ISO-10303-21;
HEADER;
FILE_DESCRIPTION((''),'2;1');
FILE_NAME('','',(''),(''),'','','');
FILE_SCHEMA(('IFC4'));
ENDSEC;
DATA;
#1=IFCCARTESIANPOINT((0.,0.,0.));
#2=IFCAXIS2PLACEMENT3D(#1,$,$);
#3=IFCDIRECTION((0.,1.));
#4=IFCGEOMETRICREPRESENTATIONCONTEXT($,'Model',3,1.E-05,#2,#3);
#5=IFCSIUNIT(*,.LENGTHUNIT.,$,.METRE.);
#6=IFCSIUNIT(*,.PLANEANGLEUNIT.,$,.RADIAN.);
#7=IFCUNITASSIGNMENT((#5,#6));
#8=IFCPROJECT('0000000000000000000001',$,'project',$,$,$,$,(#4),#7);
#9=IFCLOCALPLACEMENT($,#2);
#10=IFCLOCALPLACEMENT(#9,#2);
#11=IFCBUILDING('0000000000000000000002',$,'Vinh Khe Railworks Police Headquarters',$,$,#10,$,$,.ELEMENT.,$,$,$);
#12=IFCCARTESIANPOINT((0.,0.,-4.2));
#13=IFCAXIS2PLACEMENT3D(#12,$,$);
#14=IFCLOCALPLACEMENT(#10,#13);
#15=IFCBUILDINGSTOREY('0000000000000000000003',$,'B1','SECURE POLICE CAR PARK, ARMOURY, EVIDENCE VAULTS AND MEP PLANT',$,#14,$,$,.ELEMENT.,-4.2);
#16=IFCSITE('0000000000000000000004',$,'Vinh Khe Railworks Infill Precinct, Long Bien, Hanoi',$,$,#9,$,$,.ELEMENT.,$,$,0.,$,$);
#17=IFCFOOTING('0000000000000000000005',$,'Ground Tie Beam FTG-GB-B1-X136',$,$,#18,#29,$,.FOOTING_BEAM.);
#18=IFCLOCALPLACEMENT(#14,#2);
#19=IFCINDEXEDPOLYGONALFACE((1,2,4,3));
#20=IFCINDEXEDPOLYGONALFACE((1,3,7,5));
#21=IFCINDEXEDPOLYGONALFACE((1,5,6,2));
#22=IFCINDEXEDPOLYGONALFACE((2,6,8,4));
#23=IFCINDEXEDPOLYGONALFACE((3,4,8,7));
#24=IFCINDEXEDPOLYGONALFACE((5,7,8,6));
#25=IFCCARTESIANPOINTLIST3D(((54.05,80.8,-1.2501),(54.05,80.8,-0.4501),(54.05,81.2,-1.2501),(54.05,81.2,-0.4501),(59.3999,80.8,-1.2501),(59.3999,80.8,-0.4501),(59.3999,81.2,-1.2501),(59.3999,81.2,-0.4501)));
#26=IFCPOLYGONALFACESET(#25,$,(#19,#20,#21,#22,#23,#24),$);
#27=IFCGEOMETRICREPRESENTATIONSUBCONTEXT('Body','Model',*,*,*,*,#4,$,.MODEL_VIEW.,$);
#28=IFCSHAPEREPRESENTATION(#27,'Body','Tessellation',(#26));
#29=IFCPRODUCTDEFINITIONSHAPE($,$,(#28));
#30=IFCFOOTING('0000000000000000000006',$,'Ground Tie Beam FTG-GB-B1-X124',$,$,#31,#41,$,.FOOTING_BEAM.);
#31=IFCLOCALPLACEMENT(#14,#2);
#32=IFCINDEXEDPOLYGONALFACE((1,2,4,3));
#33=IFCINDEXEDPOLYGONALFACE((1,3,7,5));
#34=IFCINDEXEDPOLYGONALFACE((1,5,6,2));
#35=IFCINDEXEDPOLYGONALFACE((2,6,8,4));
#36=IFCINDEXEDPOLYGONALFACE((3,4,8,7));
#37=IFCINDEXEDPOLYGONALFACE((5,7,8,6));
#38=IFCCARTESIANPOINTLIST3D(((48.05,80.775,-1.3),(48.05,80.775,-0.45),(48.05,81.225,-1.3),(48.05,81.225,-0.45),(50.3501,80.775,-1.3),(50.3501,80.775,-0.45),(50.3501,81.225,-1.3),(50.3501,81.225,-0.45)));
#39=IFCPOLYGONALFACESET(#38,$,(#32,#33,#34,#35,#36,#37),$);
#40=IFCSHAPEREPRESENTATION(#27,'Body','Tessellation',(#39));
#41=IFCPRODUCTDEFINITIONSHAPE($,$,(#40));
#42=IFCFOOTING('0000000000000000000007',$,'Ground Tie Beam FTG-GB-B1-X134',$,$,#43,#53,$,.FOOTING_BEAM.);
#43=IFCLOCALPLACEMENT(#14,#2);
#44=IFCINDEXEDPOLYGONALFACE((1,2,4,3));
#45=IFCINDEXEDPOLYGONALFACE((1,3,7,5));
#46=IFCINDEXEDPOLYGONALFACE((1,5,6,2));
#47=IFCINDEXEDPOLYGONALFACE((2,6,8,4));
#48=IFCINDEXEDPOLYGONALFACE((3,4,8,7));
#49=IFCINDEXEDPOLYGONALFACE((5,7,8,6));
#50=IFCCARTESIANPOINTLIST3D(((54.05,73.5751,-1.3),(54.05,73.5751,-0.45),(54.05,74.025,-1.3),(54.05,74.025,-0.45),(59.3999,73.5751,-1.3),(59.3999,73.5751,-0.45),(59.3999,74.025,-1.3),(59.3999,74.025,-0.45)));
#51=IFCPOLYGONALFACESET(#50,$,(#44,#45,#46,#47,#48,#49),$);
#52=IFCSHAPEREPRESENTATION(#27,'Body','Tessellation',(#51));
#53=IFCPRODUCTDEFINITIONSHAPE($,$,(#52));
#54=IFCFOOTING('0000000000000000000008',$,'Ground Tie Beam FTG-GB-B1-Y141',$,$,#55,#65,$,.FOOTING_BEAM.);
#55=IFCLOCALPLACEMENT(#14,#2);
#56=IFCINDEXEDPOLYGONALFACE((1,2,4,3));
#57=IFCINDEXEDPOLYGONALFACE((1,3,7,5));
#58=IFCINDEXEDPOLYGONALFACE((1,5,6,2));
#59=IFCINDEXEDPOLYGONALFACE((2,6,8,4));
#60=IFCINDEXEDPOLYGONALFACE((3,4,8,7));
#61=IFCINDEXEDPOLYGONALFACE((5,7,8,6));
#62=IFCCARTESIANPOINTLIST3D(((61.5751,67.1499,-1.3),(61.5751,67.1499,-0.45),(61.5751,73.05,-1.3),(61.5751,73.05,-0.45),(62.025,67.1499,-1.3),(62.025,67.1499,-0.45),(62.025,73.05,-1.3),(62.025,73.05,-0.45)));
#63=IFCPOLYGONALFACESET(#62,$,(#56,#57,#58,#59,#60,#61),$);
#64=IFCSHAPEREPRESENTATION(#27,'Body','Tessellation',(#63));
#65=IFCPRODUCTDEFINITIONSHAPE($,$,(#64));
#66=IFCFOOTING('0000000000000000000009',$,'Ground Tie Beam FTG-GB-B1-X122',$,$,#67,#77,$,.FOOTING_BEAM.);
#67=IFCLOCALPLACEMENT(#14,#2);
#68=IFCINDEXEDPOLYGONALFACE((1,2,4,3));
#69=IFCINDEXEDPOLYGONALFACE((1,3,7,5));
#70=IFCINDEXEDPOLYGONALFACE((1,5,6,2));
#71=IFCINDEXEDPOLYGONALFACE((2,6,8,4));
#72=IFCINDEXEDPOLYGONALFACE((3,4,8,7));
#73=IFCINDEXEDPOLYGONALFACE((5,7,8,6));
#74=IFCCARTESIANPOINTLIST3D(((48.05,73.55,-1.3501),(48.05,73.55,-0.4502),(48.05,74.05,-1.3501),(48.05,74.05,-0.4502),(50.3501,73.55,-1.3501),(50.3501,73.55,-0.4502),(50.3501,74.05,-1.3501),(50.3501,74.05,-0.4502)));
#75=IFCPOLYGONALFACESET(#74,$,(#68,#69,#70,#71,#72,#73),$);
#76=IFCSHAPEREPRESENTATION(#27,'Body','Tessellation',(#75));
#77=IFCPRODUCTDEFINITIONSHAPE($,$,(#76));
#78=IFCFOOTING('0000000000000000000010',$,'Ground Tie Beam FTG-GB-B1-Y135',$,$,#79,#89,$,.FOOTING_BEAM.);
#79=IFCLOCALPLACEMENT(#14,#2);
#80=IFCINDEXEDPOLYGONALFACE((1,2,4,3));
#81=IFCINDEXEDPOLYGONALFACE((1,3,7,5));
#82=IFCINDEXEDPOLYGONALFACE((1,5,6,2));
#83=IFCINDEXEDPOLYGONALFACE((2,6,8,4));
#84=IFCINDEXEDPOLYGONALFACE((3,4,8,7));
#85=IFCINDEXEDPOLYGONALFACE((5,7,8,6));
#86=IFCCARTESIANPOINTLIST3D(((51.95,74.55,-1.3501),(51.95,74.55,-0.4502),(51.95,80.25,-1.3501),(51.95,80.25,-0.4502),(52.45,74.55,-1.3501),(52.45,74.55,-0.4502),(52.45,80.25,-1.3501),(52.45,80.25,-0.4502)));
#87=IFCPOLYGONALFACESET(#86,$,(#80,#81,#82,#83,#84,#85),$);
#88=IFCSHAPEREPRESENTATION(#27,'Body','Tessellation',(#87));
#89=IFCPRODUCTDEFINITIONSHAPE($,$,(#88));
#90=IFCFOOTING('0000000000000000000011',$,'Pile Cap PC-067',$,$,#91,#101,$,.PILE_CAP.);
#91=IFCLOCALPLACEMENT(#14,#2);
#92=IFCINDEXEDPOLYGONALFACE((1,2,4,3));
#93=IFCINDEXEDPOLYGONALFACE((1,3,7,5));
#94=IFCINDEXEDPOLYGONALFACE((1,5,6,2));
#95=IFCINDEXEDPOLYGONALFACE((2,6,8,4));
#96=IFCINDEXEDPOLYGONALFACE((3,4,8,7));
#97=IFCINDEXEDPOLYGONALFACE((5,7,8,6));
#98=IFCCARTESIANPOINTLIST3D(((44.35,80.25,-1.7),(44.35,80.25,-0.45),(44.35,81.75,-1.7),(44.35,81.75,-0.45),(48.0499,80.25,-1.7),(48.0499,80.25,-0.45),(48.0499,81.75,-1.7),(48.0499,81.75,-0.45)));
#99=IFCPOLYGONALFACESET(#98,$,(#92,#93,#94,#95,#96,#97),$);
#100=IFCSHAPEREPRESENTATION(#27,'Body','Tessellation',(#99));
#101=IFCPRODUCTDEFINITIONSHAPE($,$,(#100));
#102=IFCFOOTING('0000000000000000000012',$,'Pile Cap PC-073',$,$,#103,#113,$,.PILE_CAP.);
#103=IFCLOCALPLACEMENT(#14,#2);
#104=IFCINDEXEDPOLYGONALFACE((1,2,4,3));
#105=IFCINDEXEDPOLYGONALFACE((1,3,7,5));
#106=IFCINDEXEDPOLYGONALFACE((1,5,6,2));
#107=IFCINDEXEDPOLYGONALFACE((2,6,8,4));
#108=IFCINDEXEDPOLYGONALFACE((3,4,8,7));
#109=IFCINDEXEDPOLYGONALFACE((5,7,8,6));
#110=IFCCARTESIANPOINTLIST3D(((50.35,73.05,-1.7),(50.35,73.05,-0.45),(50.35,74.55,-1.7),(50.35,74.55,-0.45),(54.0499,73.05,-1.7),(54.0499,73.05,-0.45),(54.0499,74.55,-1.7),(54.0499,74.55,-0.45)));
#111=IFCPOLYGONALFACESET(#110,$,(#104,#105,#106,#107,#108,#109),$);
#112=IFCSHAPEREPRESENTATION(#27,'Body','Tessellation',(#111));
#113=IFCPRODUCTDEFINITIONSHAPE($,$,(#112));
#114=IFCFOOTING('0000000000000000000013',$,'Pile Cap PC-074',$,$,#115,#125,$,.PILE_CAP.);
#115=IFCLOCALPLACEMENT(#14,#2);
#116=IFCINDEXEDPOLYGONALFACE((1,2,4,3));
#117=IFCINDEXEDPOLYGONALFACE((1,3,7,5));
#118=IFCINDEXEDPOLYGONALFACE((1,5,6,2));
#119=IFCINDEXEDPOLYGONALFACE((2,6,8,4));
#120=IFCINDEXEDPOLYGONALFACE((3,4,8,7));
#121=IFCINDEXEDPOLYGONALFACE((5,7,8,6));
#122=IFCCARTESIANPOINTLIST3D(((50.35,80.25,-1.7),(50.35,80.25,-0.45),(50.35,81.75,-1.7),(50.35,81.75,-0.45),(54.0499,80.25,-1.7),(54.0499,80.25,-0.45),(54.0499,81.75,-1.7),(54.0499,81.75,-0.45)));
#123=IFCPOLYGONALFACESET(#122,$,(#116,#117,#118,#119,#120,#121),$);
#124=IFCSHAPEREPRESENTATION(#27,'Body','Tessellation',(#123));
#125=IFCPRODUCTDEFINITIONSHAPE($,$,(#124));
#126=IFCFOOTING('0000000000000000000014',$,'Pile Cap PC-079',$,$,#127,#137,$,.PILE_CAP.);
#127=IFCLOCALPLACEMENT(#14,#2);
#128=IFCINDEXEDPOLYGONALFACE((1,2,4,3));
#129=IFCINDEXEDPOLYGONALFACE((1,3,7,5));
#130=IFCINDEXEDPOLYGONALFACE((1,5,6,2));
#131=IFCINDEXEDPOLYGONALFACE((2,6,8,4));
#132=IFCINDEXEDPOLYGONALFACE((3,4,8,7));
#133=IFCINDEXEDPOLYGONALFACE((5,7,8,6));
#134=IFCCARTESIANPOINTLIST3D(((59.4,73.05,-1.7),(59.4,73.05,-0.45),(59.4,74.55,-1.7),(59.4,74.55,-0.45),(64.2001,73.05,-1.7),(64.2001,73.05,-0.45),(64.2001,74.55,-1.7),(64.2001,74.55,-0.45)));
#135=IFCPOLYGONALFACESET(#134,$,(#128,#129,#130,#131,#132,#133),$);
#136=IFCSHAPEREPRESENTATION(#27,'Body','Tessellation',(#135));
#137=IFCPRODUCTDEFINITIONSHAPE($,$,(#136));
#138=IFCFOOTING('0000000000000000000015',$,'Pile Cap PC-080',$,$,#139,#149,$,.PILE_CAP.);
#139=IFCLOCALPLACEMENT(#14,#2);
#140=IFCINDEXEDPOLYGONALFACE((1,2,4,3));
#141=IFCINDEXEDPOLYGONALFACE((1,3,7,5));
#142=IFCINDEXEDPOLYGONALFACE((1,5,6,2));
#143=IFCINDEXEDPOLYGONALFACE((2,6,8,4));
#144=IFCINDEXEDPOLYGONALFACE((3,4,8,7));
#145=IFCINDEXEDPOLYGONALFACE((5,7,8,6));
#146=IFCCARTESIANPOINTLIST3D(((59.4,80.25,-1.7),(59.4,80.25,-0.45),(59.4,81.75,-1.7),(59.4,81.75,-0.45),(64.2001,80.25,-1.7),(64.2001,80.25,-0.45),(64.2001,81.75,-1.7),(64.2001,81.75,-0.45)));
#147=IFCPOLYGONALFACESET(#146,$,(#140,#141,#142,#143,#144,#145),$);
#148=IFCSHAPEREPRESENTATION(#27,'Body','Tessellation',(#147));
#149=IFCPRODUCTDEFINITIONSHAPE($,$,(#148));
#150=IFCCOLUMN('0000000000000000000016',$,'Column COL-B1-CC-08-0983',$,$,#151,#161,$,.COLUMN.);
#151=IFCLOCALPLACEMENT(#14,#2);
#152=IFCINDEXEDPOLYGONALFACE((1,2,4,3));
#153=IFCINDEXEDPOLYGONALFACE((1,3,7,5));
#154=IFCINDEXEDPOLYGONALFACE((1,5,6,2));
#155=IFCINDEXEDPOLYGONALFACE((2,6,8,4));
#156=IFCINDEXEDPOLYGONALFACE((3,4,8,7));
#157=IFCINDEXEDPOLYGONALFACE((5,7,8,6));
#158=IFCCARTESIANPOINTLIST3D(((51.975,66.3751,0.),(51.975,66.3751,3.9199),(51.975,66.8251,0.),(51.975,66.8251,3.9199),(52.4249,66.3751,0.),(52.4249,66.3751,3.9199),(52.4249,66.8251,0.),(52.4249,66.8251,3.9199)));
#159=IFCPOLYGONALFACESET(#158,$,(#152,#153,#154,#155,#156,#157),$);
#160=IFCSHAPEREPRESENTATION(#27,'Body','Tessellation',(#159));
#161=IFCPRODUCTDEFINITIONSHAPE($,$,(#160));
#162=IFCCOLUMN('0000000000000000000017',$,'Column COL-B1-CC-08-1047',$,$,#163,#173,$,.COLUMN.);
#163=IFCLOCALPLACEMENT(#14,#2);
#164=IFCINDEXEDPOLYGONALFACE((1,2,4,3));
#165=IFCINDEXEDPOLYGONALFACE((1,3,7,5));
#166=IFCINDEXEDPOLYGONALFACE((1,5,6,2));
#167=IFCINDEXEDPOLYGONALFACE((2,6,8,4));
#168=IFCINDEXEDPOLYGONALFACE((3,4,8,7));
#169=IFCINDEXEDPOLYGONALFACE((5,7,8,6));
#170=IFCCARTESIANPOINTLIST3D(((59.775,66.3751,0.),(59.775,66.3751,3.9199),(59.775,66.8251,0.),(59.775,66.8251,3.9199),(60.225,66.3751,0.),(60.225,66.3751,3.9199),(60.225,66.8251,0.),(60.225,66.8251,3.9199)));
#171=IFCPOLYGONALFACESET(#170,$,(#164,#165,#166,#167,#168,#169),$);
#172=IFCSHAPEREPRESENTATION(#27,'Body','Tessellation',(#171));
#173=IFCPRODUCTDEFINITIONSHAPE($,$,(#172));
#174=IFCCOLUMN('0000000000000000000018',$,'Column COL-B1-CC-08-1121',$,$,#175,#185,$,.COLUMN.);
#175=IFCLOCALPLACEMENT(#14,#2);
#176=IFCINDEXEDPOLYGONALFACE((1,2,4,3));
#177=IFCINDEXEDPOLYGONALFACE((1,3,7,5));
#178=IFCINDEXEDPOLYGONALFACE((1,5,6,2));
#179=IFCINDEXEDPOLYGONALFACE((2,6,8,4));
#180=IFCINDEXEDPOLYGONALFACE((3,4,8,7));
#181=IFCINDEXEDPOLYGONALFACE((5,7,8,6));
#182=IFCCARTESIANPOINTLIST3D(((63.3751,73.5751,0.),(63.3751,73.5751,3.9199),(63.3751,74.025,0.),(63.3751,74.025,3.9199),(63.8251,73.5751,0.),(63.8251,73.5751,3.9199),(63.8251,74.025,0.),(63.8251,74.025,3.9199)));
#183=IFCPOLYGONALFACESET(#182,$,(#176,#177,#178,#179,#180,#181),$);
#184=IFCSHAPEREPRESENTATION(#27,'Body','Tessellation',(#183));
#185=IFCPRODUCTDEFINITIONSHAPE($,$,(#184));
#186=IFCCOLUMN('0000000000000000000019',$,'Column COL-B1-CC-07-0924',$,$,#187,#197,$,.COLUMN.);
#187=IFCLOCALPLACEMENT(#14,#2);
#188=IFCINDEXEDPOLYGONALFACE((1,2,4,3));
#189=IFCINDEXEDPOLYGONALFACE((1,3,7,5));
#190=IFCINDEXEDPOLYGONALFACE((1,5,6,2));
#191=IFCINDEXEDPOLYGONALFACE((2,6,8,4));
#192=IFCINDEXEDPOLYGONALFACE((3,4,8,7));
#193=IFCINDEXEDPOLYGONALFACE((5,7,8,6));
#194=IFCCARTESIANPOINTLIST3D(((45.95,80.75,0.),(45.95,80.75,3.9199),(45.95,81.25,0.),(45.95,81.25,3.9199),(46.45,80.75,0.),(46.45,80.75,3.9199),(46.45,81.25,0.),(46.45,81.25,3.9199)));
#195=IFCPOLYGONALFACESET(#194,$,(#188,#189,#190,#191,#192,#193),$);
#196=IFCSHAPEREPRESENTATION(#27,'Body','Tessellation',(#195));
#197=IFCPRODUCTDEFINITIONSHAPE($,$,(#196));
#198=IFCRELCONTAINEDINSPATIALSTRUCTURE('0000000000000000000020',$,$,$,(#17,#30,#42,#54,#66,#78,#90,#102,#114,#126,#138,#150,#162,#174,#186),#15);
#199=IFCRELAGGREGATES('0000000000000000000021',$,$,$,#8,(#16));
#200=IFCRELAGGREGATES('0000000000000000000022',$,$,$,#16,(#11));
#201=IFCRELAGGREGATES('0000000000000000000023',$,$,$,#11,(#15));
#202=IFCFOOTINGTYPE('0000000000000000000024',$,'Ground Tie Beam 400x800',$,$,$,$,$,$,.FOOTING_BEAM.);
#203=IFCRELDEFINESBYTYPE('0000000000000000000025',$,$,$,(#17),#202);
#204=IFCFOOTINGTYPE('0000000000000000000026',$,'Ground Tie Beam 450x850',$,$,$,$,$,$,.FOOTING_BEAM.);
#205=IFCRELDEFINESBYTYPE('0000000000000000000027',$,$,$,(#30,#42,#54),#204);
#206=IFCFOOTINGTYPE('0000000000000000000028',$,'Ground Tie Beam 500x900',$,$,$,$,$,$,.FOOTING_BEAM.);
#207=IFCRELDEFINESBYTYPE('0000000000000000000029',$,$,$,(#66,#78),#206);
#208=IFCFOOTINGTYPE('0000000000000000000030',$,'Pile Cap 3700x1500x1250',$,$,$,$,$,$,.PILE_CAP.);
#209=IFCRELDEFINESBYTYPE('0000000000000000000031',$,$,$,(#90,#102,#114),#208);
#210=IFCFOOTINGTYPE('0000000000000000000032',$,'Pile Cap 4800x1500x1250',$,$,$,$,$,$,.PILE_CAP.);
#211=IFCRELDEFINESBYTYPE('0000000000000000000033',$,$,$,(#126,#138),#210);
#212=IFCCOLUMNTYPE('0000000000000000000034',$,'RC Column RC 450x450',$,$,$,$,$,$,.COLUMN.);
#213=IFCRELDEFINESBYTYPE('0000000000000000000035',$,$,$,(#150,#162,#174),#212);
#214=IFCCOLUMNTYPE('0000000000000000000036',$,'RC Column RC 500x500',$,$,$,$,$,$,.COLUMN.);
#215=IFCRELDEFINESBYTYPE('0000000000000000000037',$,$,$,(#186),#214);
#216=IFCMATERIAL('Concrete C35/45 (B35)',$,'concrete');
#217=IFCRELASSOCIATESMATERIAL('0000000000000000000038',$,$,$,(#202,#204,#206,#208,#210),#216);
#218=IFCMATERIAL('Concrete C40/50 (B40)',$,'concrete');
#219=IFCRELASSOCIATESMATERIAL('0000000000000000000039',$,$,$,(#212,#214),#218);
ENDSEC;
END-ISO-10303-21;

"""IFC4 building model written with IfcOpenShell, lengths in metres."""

from ifc_helpers import new_model, si_unit, direction, frame, origin, origin_2d, place, context, subcontext, project, spatial, rectangle, extrude, material, material_profile, profile_set, type_object, element, save


model = new_model("IFC4")

# Units and contexts
model_context = context("Model", 3, precision=1e-05, world=origin(), true_north=direction((0.0, 1.0)))
body_context = subcontext(model_context, "Body", "Model", "MODEL_VIEW")
ifc_project = project(units=[si_unit("LENGTHUNIT", "METRE"), si_unit("PLANEANGLEUNIT", "RADIAN")], contexts=[model_context])

# Site, building, storey
site_placement = place(None, origin())
site = spatial("IfcSite", under=ifc_project, at=site_placement, Name="Vinh Khe Railworks Infill Precinct, Long Bien, Hanoi", CompositionType="ELEMENT", RefElevation=0.0)
building_placement = place(site_placement, origin())
building = spatial("IfcBuilding", under=site, at=building_placement, Name="Vinh Khe Railworks Police Headquarters", CompositionType="ELEMENT")
storey_placement = place(building_placement, frame((0.0, 0.0, -4.2)))
storey = spatial("IfcBuildingStorey", under=building, at=storey_placement, Name="B1", Description="SECURE POLICE CAR PARK, ARMOURY, EVIDENCE VAULTS AND MEP PLANT", CompositionType="ELEMENT", Elevation=-4.2)

# Shared definitions
ifc_material_1 = material(Name="Concrete C35/45 (B35)", Category="concrete")

# Footings
ifc_material_profile_1 = material_profile(ifc_material_1, rectangle(XDim=0.3999, YDim=0.8, at=origin_2d()), Name="RC 400x800")
ifc_profile_set_1 = profile_set([ifc_material_profile_1], Name="Concrete C35/45 (B35)")
footing_type_1 = type_object("IfcFootingType", Name="Ground Tie Beam 400x800", PredefinedType="FOOTING_BEAM", material=ifc_profile_set_1)
footing_1_placement = place(storey_placement, frame((54.05, 81.0, -0.8501), z_axis=(1.0, 0.0, 0.0), x_axis=(0.0, 1.0, 0.0)))
element("IfcFooting", 1, at=footing_1_placement, inside=storey, type_object=footing_type_1, Name="Ground Tie Beam FTG-GB-B1-X136", PredefinedType="FOOTING_BEAM", context=body_context, shape_type="SweptSolid", body=[
    extrude(rectangle(XDim=0.3999, YDim=0.8, at=origin_2d()), origin(), (0.0, 0.0, 1.0), 5.3499),
])
ifc_material_profile_2 = material_profile(ifc_material_1, rectangle(XDim=0.45, YDim=0.8501, at=origin_2d()), Name="RC 450x850")
ifc_profile_set_2 = profile_set([ifc_material_profile_2], Name="Concrete C35/45 (B35)")
footing_type_2 = type_object("IfcFootingType", Name="Ground Tie Beam 450x850", PredefinedType="FOOTING_BEAM", material=ifc_profile_set_2)
footing_2_placement = place(storey_placement, frame((48.05, 81.0, -0.875), z_axis=(1.0, 0.0, 0.0), x_axis=(0.0, 1.0, 0.0)))
element("IfcFooting", 2, at=footing_2_placement, inside=storey, type_object=footing_type_2, Name="Ground Tie Beam FTG-GB-B1-X124", PredefinedType="FOOTING_BEAM", context=body_context, shape_type="SweptSolid", body=[
    extrude(rectangle(XDim=0.45, YDim=0.8501, at=origin_2d()), origin(), (0.0, 0.0, 1.0), 2.3),
])
footing_3_placement = place(storey_placement, frame((54.05, 73.8, -0.875), z_axis=(1.0, 0.0, 0.0), x_axis=(0.0, 1.0, 0.0)))
element("IfcFooting", 3, at=footing_3_placement, inside=storey, type_object=footing_type_2, Name="Ground Tie Beam FTG-GB-B1-X134", PredefinedType="FOOTING_BEAM", context=body_context, shape_type="SweptSolid", body=[
    extrude(rectangle(XDim=0.45, YDim=0.8501, at=origin_2d()), origin(), (0.0, 0.0, 1.0), 5.3499),
])
footing_4_placement = place(storey_placement, frame((61.8, 67.1499, -0.875), z_axis=(0.0, 1.0, 0.0), x_axis=(-1.0, 0.0, 0.0)))
element("IfcFooting", 4, at=footing_4_placement, inside=storey, type_object=footing_type_2, Name="Ground Tie Beam FTG-GB-B1-Y141", PredefinedType="FOOTING_BEAM", context=body_context, shape_type="SweptSolid", body=[
    extrude(rectangle(XDim=0.45, YDim=0.8501, at=origin_2d()), origin(), (0.0, 0.0, 1.0), 5.9001),
])
ifc_material_profile_3 = material_profile(ifc_material_1, rectangle(XDim=0.5, YDim=0.8999, at=origin_2d()), Name="RC 500x900")
ifc_profile_set_3 = profile_set([ifc_material_profile_3], Name="Concrete C35/45 (B35)")
footing_type_3 = type_object("IfcFootingType", Name="Ground Tie Beam 500x900", PredefinedType="FOOTING_BEAM", material=ifc_profile_set_3)
footing_5_placement = place(storey_placement, frame((48.05, 73.8, -0.9001), z_axis=(1.0, 0.0, 0.0), x_axis=(0.0, 1.0, 0.0)))
element("IfcFooting", 5, at=footing_5_placement, inside=storey, type_object=footing_type_3, Name="Ground Tie Beam FTG-GB-B1-X122", PredefinedType="FOOTING_BEAM", context=body_context, shape_type="SweptSolid", body=[
    extrude(rectangle(XDim=0.5, YDim=0.8999, at=origin_2d()), origin(), (0.0, 0.0, 1.0), 2.3),
])
footing_6_placement = place(storey_placement, frame((52.2, 74.55, -0.9001), z_axis=(0.0, 1.0, 0.0), x_axis=(-1.0, 0.0, 0.0)))
element("IfcFooting", 6, at=footing_6_placement, inside=storey, type_object=footing_type_3, Name="Ground Tie Beam FTG-GB-B1-Y135", PredefinedType="FOOTING_BEAM", context=body_context, shape_type="SweptSolid", body=[
    extrude(rectangle(XDim=0.5, YDim=0.8999, at=origin_2d()), origin(), (0.0, 0.0, 1.0), 5.7),
])
footing_type_4 = type_object("IfcFootingType", Name="Pile Cap 3700x1500x1250", PredefinedType="PILE_CAP", material=ifc_material_1)
for number, where, z_axis, x_axis, name in (
    (7, (46.2, 81.0, -1.7), (0.0, 0.0, 1.0), (1.0, 0.0, 0.0), "Pile Cap PC-067"),
    (8, (52.2, 73.8, -1.7), (0.0, 0.0, 1.0), (1.0, 0.0, 0.0), "Pile Cap PC-073"),
    (9, (52.2, 81.0, -1.7), (0.0, 0.0, 1.0), (1.0, 0.0, 0.0), "Pile Cap PC-074"),
):
    element("IfcFooting", number, at=place(storey_placement, frame(where, z_axis=z_axis, x_axis=x_axis)), inside=storey, type_object=footing_type_4, Name=name, PredefinedType="PILE_CAP", context=body_context, shape_type="SweptSolid", body=[
        extrude(rectangle(XDim=3.7, YDim=1.5, at=origin_2d()), origin(), (0.0, 0.0, 1.0), 1.25),
    ])
footing_type_5 = type_object("IfcFootingType", Name="Pile Cap 4800x1500x1250", PredefinedType="PILE_CAP", material=ifc_material_1)
for number, where, z_axis, x_axis, name in (
    (10, (61.8, 73.8, -1.7), (0.0, 0.0, 1.0), (1.0, 0.0, 0.0), "Pile Cap PC-079"),
    (11, (61.8, 81.0, -1.7), (0.0, 0.0, 1.0), (1.0, 0.0, 0.0), "Pile Cap PC-080"),
):
    element("IfcFooting", number, at=place(storey_placement, frame(where, z_axis=z_axis, x_axis=x_axis)), inside=storey, type_object=footing_type_5, Name=name, PredefinedType="PILE_CAP", context=body_context, shape_type="SweptSolid", body=[
        extrude(rectangle(XDim=4.8, YDim=1.5, at=origin_2d()), origin(), (0.0, 0.0, 1.0), 1.25),
    ])

# Columns
ifc_material_2 = material(Name="Concrete C40/50 (B40)", Category="concrete")
ifc_material_profile_4 = material_profile(ifc_material_2, rectangle(XDim=0.45, YDim=0.45, at=origin_2d()), Name="RC 450x450")
ifc_profile_set_4 = profile_set([ifc_material_profile_4], Name="Concrete C40/50 (B40)")
column_type_1 = type_object("IfcColumnType", Name="RC Column RC 450x450", PredefinedType="COLUMN", material=ifc_profile_set_4)
for number, where, z_axis, x_axis, name in (
    (12, (52.2, 66.6001, 0.0), (0.0, 0.0, 1.0), (1.0, 0.0, 0.0), "Column COL-B1-CC-08-0983"),
    (13, (60.0, 66.6001, 0.0), (0.0, 0.0, 1.0), (1.0, 0.0, 0.0), "Column COL-B1-CC-08-1047"),
    (14, (63.6001, 73.8, 0.0), (0.0, 0.0, 1.0), (1.0, 0.0, 0.0), "Column COL-B1-CC-08-1121"),
):
    element("IfcColumn", number, at=place(storey_placement, frame(where, z_axis=z_axis, x_axis=x_axis)), inside=storey, type_object=column_type_1, Name=name, PredefinedType="COLUMN", context=body_context, shape_type="SweptSolid", body=[
        extrude(rectangle(XDim=0.45, YDim=0.45, at=origin_2d()), origin(), (0.0, 0.0, 1.0), 3.9199),
    ])
ifc_material_profile_5 = material_profile(ifc_material_2, rectangle(XDim=0.5, YDim=0.5, at=origin_2d()), Name="RC 500x500")
ifc_profile_set_5 = profile_set([ifc_material_profile_5], Name="Concrete C40/50 (B40)")
column_type_2 = type_object("IfcColumnType", Name="RC Column RC 500x500", PredefinedType="COLUMN", material=ifc_profile_set_5)
for number, where, z_axis, x_axis, name in (
    (15, (46.2, 81.0, 0.0), (0.0, 0.0, 1.0), (1.0, 0.0, 0.0), "Column COL-B1-CC-07-0924"),
):
    element("IfcColumn", number, at=place(storey_placement, frame(where, z_axis=z_axis, x_axis=x_axis)), inside=storey, type_object=column_type_2, Name=name, PredefinedType="COLUMN", context=body_context, shape_type="SweptSolid", body=[
        extrude(rectangle(XDim=0.5, YDim=0.5, at=origin_2d()), origin(), (0.0, 0.0, 1.0), 3.9199),
    ])

save(model, "model.ifc")
